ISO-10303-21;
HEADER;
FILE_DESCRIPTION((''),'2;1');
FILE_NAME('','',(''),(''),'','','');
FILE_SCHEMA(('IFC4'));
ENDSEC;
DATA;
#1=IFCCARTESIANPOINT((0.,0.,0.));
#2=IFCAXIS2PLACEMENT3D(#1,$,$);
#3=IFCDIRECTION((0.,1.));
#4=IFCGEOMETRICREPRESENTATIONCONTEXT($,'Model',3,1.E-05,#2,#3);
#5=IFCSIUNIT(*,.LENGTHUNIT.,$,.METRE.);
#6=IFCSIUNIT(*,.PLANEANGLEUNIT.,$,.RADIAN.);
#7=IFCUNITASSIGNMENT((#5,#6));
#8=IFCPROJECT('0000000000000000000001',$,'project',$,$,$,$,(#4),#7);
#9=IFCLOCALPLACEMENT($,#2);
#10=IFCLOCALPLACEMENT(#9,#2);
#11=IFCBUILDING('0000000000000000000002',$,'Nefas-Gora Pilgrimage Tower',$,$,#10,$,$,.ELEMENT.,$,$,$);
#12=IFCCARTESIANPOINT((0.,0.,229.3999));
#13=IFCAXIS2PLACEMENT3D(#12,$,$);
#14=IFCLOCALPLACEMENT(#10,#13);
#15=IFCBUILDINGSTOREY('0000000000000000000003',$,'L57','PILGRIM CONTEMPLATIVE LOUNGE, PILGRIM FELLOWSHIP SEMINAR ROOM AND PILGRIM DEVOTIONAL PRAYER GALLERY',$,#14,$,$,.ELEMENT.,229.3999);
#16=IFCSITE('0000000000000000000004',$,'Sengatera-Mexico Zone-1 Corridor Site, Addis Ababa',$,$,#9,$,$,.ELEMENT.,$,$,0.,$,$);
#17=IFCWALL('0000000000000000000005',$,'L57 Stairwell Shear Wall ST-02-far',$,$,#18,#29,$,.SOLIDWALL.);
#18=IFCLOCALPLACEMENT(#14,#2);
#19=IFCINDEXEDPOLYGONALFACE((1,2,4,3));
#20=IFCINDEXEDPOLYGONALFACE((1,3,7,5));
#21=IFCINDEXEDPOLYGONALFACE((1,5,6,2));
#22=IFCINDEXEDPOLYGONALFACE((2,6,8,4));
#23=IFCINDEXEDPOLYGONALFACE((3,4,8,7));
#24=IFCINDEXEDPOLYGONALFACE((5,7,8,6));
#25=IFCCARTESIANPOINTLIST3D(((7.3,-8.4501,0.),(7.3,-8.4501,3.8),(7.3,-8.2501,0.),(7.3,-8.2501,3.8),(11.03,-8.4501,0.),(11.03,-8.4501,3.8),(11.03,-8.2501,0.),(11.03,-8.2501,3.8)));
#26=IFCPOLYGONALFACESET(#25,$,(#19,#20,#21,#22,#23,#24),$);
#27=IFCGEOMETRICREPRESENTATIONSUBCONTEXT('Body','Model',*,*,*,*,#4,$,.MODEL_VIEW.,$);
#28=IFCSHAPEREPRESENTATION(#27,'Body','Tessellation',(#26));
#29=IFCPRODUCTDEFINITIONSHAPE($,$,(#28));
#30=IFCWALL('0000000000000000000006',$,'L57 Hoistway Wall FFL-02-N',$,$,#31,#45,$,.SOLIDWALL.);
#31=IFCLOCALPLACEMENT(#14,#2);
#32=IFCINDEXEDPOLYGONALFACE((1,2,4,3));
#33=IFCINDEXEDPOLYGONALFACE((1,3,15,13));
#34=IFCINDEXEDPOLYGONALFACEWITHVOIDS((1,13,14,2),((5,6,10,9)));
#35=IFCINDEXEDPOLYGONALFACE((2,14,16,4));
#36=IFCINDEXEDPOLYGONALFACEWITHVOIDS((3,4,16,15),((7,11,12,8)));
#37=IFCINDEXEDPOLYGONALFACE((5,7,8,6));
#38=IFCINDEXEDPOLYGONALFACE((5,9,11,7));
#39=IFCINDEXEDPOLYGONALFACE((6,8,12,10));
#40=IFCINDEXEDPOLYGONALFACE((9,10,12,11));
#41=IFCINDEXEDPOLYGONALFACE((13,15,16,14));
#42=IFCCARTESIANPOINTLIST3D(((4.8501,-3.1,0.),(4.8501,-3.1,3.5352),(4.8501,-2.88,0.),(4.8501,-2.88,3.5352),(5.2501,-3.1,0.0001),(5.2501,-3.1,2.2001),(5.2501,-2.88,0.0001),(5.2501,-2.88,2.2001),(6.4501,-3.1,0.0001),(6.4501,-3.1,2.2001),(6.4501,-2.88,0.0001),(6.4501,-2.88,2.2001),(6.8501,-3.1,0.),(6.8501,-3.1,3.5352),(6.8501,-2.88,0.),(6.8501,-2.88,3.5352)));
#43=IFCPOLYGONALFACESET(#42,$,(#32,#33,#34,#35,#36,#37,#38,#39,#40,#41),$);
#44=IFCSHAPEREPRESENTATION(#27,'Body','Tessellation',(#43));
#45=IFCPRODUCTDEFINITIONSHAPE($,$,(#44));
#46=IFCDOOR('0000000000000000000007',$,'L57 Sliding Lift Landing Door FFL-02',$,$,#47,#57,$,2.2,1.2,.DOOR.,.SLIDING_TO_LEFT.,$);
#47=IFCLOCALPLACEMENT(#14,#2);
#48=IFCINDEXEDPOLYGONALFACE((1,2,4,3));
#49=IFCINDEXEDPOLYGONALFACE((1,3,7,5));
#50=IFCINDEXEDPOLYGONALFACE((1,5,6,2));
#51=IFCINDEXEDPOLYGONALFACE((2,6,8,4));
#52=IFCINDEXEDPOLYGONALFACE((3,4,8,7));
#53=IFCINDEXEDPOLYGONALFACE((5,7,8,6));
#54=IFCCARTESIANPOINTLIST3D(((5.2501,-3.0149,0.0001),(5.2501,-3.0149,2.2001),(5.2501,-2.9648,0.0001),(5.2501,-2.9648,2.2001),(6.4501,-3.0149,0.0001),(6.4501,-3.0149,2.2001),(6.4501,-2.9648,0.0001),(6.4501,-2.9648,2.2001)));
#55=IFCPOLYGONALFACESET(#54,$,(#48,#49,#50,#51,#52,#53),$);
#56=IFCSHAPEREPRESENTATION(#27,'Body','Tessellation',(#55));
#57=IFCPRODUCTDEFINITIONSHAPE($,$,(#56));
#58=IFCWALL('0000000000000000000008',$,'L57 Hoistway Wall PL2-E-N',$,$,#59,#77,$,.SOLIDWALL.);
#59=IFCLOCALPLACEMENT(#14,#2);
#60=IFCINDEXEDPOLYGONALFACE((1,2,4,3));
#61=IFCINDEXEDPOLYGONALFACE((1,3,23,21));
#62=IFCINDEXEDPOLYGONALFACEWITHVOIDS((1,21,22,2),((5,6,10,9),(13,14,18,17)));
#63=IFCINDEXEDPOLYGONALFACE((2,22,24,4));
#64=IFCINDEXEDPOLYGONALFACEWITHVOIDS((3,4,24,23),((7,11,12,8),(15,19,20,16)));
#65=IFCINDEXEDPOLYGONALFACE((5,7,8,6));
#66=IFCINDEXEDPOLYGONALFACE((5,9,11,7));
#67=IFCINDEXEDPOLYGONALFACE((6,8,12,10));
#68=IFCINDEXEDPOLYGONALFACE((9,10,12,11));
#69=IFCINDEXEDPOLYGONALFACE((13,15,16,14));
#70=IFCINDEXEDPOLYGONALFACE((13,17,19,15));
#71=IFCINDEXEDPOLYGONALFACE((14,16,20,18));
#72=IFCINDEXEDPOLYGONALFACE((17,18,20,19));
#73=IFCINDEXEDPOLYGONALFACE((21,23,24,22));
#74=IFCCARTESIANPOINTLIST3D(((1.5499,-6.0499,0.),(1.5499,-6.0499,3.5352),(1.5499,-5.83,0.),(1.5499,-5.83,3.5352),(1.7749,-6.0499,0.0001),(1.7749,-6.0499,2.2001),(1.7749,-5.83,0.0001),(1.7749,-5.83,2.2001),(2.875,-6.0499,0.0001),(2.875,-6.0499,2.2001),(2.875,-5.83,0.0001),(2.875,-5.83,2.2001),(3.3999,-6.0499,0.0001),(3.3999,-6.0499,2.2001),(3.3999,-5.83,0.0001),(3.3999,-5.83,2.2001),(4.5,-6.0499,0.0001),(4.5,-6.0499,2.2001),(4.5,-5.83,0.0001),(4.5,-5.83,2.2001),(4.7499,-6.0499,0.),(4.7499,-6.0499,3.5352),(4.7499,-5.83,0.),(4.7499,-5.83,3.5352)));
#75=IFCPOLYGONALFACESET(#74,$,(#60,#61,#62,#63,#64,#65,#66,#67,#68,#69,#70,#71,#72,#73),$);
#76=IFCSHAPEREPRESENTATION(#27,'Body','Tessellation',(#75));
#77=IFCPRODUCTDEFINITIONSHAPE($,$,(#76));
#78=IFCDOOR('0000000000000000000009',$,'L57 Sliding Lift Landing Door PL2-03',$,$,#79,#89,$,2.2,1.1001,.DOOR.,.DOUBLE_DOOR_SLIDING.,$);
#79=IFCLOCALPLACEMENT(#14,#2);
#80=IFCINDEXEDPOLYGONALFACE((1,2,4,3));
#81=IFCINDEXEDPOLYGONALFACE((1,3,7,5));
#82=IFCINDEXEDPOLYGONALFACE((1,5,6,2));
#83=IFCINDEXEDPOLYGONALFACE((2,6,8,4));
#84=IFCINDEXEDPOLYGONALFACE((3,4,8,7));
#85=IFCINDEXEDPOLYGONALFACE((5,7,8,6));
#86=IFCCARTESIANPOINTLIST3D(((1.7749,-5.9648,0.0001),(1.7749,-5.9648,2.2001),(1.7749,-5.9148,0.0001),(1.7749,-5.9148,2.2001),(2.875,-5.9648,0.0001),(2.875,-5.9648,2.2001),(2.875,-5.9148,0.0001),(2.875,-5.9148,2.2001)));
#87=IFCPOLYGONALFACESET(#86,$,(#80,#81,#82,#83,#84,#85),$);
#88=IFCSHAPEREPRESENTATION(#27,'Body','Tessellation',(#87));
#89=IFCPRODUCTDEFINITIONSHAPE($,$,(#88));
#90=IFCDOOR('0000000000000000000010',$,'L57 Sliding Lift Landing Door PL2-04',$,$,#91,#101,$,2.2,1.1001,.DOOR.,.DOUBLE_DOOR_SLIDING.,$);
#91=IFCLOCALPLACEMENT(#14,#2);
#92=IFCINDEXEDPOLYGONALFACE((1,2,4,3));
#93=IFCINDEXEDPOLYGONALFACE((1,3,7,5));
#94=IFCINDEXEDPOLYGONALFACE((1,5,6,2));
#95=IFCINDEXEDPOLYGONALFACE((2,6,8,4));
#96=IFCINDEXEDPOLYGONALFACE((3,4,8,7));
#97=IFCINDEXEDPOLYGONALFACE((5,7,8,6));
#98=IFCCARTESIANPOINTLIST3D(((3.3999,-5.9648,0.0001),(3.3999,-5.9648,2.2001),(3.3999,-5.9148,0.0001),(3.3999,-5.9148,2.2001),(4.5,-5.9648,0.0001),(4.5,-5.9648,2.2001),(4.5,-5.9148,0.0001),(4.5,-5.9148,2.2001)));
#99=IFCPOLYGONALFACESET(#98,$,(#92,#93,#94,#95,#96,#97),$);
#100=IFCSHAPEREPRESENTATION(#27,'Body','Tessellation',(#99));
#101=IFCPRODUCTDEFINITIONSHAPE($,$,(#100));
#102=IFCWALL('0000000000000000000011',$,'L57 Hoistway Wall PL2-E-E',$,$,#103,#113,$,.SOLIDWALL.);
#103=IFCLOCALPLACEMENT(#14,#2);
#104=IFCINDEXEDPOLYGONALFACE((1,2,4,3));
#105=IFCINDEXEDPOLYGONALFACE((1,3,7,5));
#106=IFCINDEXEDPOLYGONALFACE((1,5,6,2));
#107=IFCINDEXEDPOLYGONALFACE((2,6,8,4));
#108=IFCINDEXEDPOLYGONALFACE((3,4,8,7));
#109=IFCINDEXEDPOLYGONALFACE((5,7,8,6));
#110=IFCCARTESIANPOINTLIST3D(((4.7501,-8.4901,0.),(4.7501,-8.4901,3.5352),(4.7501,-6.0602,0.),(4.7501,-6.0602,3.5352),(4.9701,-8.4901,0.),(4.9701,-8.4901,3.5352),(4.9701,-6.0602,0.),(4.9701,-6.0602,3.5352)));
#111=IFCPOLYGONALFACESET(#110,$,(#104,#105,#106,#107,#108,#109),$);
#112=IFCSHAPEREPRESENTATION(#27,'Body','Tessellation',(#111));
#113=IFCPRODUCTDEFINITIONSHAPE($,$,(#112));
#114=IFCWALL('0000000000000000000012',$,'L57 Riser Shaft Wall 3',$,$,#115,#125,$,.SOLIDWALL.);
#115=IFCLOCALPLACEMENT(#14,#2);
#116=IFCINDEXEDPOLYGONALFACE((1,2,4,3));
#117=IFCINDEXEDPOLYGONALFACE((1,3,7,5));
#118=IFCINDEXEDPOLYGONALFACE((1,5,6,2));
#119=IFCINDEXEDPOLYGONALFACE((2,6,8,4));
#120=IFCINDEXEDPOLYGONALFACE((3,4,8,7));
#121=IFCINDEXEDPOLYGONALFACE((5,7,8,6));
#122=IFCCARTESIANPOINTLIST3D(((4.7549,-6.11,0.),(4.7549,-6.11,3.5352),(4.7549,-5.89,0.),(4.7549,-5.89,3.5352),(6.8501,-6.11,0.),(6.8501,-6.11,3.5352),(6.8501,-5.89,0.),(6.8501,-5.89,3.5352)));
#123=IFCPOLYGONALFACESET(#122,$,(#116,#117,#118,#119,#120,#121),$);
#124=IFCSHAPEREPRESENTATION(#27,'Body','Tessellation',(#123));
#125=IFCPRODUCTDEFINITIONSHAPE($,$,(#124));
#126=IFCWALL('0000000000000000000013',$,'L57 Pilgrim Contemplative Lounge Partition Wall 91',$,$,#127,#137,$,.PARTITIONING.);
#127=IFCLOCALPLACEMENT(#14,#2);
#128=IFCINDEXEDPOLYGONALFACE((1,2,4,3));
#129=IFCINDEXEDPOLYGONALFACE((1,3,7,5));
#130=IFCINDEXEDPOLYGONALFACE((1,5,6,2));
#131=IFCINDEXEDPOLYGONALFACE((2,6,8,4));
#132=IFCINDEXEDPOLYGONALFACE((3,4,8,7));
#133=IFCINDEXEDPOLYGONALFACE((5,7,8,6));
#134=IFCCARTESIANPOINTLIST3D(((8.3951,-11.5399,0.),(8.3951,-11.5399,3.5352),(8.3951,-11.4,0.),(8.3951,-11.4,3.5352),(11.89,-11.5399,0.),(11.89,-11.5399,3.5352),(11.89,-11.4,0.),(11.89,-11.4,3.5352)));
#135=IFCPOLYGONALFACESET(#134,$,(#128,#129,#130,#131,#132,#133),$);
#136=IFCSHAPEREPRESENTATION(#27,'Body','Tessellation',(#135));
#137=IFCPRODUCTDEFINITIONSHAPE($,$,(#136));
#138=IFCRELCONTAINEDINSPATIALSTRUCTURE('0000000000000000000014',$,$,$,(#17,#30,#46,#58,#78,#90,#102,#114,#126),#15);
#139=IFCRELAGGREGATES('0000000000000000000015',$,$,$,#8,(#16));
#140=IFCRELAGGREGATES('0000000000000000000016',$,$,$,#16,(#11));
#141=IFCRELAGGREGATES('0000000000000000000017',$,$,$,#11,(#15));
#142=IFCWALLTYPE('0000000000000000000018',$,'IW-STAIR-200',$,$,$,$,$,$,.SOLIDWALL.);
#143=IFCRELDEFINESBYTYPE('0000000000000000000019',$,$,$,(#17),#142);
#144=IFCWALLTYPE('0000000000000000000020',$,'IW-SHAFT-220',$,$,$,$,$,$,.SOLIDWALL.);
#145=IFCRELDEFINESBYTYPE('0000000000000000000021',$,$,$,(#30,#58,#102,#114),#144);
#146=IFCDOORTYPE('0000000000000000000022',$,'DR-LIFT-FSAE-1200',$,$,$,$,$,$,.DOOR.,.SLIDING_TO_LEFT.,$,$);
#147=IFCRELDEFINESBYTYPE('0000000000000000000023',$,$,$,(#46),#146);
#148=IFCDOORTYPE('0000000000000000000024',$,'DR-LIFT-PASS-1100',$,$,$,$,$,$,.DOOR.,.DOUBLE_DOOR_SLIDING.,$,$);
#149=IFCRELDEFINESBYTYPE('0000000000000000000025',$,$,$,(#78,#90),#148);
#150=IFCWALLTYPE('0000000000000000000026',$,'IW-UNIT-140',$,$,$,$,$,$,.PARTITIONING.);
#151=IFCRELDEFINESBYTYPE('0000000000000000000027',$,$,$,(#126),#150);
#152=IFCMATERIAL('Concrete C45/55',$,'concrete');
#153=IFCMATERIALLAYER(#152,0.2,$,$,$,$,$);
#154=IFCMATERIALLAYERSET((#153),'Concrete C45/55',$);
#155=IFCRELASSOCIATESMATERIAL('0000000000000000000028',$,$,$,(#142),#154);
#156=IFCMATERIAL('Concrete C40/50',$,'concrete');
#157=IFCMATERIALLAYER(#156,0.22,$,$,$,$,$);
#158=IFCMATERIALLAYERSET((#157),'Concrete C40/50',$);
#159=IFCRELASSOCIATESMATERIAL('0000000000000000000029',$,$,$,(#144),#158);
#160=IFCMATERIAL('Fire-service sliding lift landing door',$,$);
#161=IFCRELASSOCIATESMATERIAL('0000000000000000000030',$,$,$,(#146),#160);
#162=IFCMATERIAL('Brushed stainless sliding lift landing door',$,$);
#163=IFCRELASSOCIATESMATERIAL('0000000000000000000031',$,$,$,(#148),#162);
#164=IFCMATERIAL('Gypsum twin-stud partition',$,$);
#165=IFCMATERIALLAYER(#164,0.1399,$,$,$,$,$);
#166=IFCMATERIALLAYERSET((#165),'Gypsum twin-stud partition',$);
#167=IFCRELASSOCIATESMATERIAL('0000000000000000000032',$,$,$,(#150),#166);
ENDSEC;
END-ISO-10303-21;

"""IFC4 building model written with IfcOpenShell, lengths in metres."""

from ifc_helpers import new_model, si_unit, direction, frame, frame_2d, origin, place, context, subcontext, project, spatial, rectangle, extrude, source, transform, mapped, material, layer, layer_set, type_object, element, fill, save


model = new_model("IFC4")

# Units and contexts
model_context = context("Model", 3, precision=1e-05, world=origin(), true_north=direction((0.0, 1.0)))
body_context = subcontext(model_context, "Body", "Model", "MODEL_VIEW")
ifc_project = project(units=[si_unit("LENGTHUNIT", "METRE"), si_unit("PLANEANGLEUNIT", "RADIAN")], contexts=[model_context])

# Site, building, storey
site_placement = place(None, origin())
site = spatial("IfcSite", under=ifc_project, at=site_placement, Name="Sengatera-Mexico Zone-1 Corridor Site, Addis Ababa", CompositionType="ELEMENT", RefElevation=0.0)
building_placement = place(site_placement, origin())
building = spatial("IfcBuilding", under=site, at=building_placement, Name="Nefas-Gora Pilgrimage Tower", CompositionType="ELEMENT")
storey_placement = place(building_placement, frame((0.0, 0.0, 229.3999)))
storey = spatial("IfcBuildingStorey", under=building, at=storey_placement, Name="L57", Description="PILGRIM CONTEMPLATIVE LOUNGE, PILGRIM FELLOWSHIP SEMINAR ROOM AND PILGRIM DEVOTIONAL PRAYER GALLERY", CompositionType="ELEMENT", Elevation=229.3999)

# Wall
ifc_material_1 = material(Name="Concrete C45/55", Category="concrete")
ifc_layer_1 = layer(ifc_material_1, 0.2)
ifc_layer_set_1 = layer_set([ifc_layer_1], Name="Concrete C45/55")
wall_type_1 = type_object("IfcWallType", Name="IW-STAIR-200", PredefinedType="SOLIDWALL", material=ifc_layer_set_1)
shared_shape_1 = source(origin(), body_context, "Body", "SweptSolid", [
    extrude(rectangle(XDim=3.73, YDim=0.2, at=frame_2d((1.865, 0.0))), origin(), (0.0, 0.0, 1.0), 3.8),
])
wall_1_placement = place(storey_placement, frame((7.3, -8.3501, 0.0), z_axis=(0.0, 0.0, 1.0), x_axis=(1.0, 0.0, 0.0)))
element("IfcWall", 1, at=wall_1_placement, inside=storey, type_object=wall_type_1, Name="L57 Stairwell Shear Wall ST-02-far", PredefinedType="SOLIDWALL", context=body_context, shape_type="MappedRepresentation", body=[
    mapped(shared_shape_1, transform((0.0, 0.0, 0.0), x_axis=(1.0, 0.0, 0.0), y_axis=(0.0, 1.0, 0.0), z_axis=(0.0, 0.0, 1.0), scale=1.0)),
])

# Wall, opening, door
ifc_material_2 = material(Name="Concrete C40/50", Category="concrete")
ifc_layer_2 = layer(ifc_material_2, 0.22)
ifc_layer_set_2 = layer_set([ifc_layer_2], Name="Concrete C40/50")
wall_type_2 = type_object("IfcWallType", Name="IW-SHAFT-220", PredefinedType="SOLIDWALL", material=ifc_layer_set_2)
shared_shape_2 = source(origin(), body_context, "Body", "SweptSolid", [
    extrude(rectangle(XDim=2.0, YDim=0.22, at=frame_2d((1.0, 0.0))), origin(), (0.0, 0.0, 1.0), 3.5352),
])
wall_2_placement = place(storey_placement, frame((6.8501, -2.99, 0.0), z_axis=(0.0, 0.0, 1.0), x_axis=(-1.0, 0.0, 0.0)))
wall_2 = element("IfcWall", 2, at=wall_2_placement, inside=storey, type_object=wall_type_2, Name="L57 Hoistway Wall FFL-02-N", PredefinedType="SOLIDWALL", context=body_context, shape_type="MappedRepresentation", body=[
    mapped(shared_shape_2, transform((0.0, 0.0, 0.0), x_axis=(1.0, 0.0, 0.0), y_axis=(0.0, 1.0, 0.0), z_axis=(0.0, 0.0, 1.0), scale=1.0)),
])
opening_1_placement = place(wall_2_placement, frame((0.3999, 0.0, 0.0)))
opening_1 = element("IfcOpeningElement", 3, at=opening_1_placement, cuts=wall_2, PredefinedType="OPENING", context=body_context, shape_type="SweptSolid", body=[
    extrude(rectangle(XDim=1.2, YDim=2.2, at=frame_2d((0.6001, 1.1001))), frame((0.0, 0.1199, 0.0), z_axis=(0.0, -1.0, 0.0), x_axis=(1.0, 0.0, 0.0)), (0.0, 0.0, 1.0), 0.24),
])
ifc_material_3 = material(Name="Fire-service sliding lift landing door")
door_type_1 = type_object("IfcDoorType", Name="DR-LIFT-FSAE-1200", OperationType="SLIDING_TO_LEFT", PredefinedType="DOOR", material=ifc_material_3)
shared_shape_3 = source(origin(), body_context, "Body", "SweptSolid", [
    extrude(rectangle(XDim=1.2, YDim=2.2, at=frame_2d((0.6001, 1.1001))), frame((0.0, 0.0249, 0.0), z_axis=(0.0, -1.0, 0.0), x_axis=(1.0, 0.0, 0.0)), (0.0, 0.0, 1.0), 0.05),
])
door_1_placement = place(opening_1_placement, origin())
door_1 = element("IfcDoor", 4, at=door_1_placement, inside=storey, type_object=door_type_1, Name="L57 Sliding Lift Landing Door FFL-02", OperationType="SLIDING_TO_LEFT", OverallHeight=2.2, OverallWidth=1.2, PredefinedType="DOOR", context=body_context, shape_type="MappedRepresentation", body=[
    mapped(shared_shape_3, transform((0.0, 0.0, 0.0), x_axis=(1.0, 0.0, 0.0), y_axis=(0.0, 1.0, 0.0), z_axis=(0.0, 0.0, 1.0), scale=1.0)),
])
fill(opening_1, door_1)

# Wall, openings, doors
shared_shape_4 = source(origin(), body_context, "Body", "SweptSolid", [
    extrude(rectangle(XDim=3.2, YDim=0.22, at=frame_2d((1.6001, 0.0))), origin(), (0.0, 0.0, 1.0), 3.5352),
])
wall_3_placement = place(storey_placement, frame((4.75, -5.9399, 0.0), z_axis=(0.0, 0.0, 1.0), x_axis=(-1.0, 0.0, 0.0)))
wall_3 = element("IfcWall", 5, at=wall_3_placement, inside=storey, type_object=wall_type_2, Name="L57 Hoistway Wall PL2-E-N", PredefinedType="SOLIDWALL", context=body_context, shape_type="MappedRepresentation", body=[
    mapped(shared_shape_4, transform((0.0, 0.0, 0.0), x_axis=(1.0, 0.0, 0.0), y_axis=(0.0, 1.0, 0.0), z_axis=(0.0, 0.0, 1.0), scale=1.0)),
])
opening_2_placement = place(wall_3_placement, frame((1.875, 0.0, 0.0)))
opening_2 = element("IfcOpeningElement", 6, at=opening_2_placement, cuts=wall_3, PredefinedType="OPENING", context=body_context, shape_type="SweptSolid", body=[
    extrude(rectangle(XDim=1.1001, YDim=2.2, at=frame_2d((0.55, 1.1001))), frame((0.0, 0.1199, 0.0), z_axis=(0.0, -1.0, 0.0), x_axis=(1.0, 0.0, 0.0)), (0.0, 0.0, 1.0), 0.24),
])
opening_3_placement = place(wall_3_placement, frame((0.25, 0.0, 0.0)))
opening_3 = element("IfcOpeningElement", 7, at=opening_3_placement, cuts=wall_3, PredefinedType="OPENING", context=body_context, shape_type="SweptSolid", body=[
    extrude(rectangle(XDim=1.1001, YDim=2.2, at=frame_2d((0.55, 1.1001))), frame((0.0, 0.1199, 0.0), z_axis=(0.0, -1.0, 0.0), x_axis=(1.0, 0.0, 0.0)), (0.0, 0.0, 1.0), 0.24),
])
ifc_material_4 = material(Name="Brushed stainless sliding lift landing door")
door_type_2 = type_object("IfcDoorType", Name="DR-LIFT-PASS-1100", OperationType="DOUBLE_DOOR_SLIDING", PredefinedType="DOOR", material=ifc_material_4)
shared_shape_5 = source(origin(), body_context, "Body", "SweptSolid", [
    extrude(rectangle(XDim=1.1001, YDim=2.2, at=frame_2d((0.55, 1.1001))), frame((0.0, 0.0249, 0.0), z_axis=(0.0, -1.0, 0.0), x_axis=(1.0, 0.0, 0.0)), (0.0, 0.0, 1.0), 0.05),
])
door_2_placement = place(opening_2_placement, origin())
door_2 = element("IfcDoor", 8, at=door_2_placement, inside=storey, type_object=door_type_2, Name="L57 Sliding Lift Landing Door PL2-03", OperationType="DOUBLE_DOOR_SLIDING", OverallHeight=2.2, OverallWidth=1.1001, PredefinedType="DOOR", context=body_context, shape_type="MappedRepresentation", body=[
    mapped(shared_shape_5, transform((0.0, 0.0, 0.0), x_axis=(1.0, 0.0, 0.0), y_axis=(0.0, 1.0, 0.0), z_axis=(0.0, 0.0, 1.0), scale=1.0)),
])
fill(opening_2, door_2)
door_3_placement = place(opening_3_placement, origin())
door_3 = element("IfcDoor", 9, at=door_3_placement, inside=storey, type_object=door_type_2, Name="L57 Sliding Lift Landing Door PL2-04", OperationType="DOUBLE_DOOR_SLIDING", OverallHeight=2.2, OverallWidth=1.1001, PredefinedType="DOOR", context=body_context, shape_type="MappedRepresentation", body=[
    mapped(shared_shape_5, transform((0.0, 0.0, 0.0), x_axis=(1.0, 0.0, 0.0), y_axis=(0.0, 1.0, 0.0), z_axis=(0.0, 0.0, 1.0), scale=1.0)),
])
fill(opening_3, door_3)

# Walls
shared_shape_6 = source(origin(), body_context, "Body", "SweptSolid", [
    extrude(rectangle(XDim=2.4299, YDim=0.22, at=frame_2d((1.2148, 0.0))), origin(), (0.0, 0.0, 1.0), 3.5352),
])
wall_4_placement = place(storey_placement, frame((4.8601, -8.49, 0.0), z_axis=(0.0, 0.0, 1.0), x_axis=(0.0, 1.0, 0.0)))
element("IfcWall", 10, at=wall_4_placement, inside=storey, type_object=wall_type_2, Name="L57 Hoistway Wall PL2-E-E", PredefinedType="SOLIDWALL", context=body_context, shape_type="MappedRepresentation", body=[
    mapped(shared_shape_6, transform((0.0, 0.0, 0.0), x_axis=(1.0, 0.0, 0.0), y_axis=(0.0, 1.0, 0.0), z_axis=(0.0, 0.0, 1.0), scale=1.0)),
])
shared_shape_7 = source(origin(), body_context, "Body", "SweptSolid", [
    extrude(rectangle(XDim=2.0952, YDim=0.22, at=frame_2d((1.0476, 0.0))), origin(), (0.0, 0.0, 1.0), 3.5352),
])
wall_5_placement = place(storey_placement, frame((4.7549, -6.0, 0.0), z_axis=(0.0, 0.0, 1.0), x_axis=(1.0, 0.0, 0.0)))
element("IfcWall", 11, at=wall_5_placement, inside=storey, type_object=wall_type_2, Name="L57 Riser Shaft Wall 3", PredefinedType="SOLIDWALL", context=body_context, shape_type="MappedRepresentation", body=[
    mapped(shared_shape_7, transform((0.0, 0.0, 0.0), x_axis=(1.0, 0.0, 0.0), y_axis=(0.0, 1.0, 0.0), z_axis=(0.0, 0.0, 1.0), scale=1.0)),
])
ifc_material_5 = material(Name="Gypsum twin-stud partition")
ifc_layer_3 = layer(ifc_material_5, 0.1399)
ifc_layer_set_3 = layer_set([ifc_layer_3], Name="Gypsum twin-stud partition")
wall_type_3 = type_object("IfcWallType", Name="IW-UNIT-140", PredefinedType="PARTITIONING", material=ifc_layer_set_3)
shared_shape_8 = source(origin(), body_context, "Body", "SweptSolid", [
    extrude(rectangle(XDim=3.4949, YDim=0.1399, at=frame_2d((1.7476, 0.0))), origin(), (0.0, 0.0, 1.0), 3.5352),
])
wall_6_placement = place(storey_placement, frame((8.395, -11.47, 0.0), z_axis=(0.0, 0.0, 1.0), x_axis=(1.0, 0.0, 0.0)))
element("IfcWall", 12, at=wall_6_placement, inside=storey, type_object=wall_type_3, Name="L57 Pilgrim Contemplative Lounge Partition Wall 91", PredefinedType="PARTITIONING", context=body_context, shape_type="MappedRepresentation", body=[
    mapped(shared_shape_8, transform((0.0, 0.0, 0.0), x_axis=(1.0, 0.0, 0.0), y_axis=(0.0, 1.0, 0.0), z_axis=(0.0, 0.0, 1.0), scale=1.0)),
])

save(model, "model.ifc")
